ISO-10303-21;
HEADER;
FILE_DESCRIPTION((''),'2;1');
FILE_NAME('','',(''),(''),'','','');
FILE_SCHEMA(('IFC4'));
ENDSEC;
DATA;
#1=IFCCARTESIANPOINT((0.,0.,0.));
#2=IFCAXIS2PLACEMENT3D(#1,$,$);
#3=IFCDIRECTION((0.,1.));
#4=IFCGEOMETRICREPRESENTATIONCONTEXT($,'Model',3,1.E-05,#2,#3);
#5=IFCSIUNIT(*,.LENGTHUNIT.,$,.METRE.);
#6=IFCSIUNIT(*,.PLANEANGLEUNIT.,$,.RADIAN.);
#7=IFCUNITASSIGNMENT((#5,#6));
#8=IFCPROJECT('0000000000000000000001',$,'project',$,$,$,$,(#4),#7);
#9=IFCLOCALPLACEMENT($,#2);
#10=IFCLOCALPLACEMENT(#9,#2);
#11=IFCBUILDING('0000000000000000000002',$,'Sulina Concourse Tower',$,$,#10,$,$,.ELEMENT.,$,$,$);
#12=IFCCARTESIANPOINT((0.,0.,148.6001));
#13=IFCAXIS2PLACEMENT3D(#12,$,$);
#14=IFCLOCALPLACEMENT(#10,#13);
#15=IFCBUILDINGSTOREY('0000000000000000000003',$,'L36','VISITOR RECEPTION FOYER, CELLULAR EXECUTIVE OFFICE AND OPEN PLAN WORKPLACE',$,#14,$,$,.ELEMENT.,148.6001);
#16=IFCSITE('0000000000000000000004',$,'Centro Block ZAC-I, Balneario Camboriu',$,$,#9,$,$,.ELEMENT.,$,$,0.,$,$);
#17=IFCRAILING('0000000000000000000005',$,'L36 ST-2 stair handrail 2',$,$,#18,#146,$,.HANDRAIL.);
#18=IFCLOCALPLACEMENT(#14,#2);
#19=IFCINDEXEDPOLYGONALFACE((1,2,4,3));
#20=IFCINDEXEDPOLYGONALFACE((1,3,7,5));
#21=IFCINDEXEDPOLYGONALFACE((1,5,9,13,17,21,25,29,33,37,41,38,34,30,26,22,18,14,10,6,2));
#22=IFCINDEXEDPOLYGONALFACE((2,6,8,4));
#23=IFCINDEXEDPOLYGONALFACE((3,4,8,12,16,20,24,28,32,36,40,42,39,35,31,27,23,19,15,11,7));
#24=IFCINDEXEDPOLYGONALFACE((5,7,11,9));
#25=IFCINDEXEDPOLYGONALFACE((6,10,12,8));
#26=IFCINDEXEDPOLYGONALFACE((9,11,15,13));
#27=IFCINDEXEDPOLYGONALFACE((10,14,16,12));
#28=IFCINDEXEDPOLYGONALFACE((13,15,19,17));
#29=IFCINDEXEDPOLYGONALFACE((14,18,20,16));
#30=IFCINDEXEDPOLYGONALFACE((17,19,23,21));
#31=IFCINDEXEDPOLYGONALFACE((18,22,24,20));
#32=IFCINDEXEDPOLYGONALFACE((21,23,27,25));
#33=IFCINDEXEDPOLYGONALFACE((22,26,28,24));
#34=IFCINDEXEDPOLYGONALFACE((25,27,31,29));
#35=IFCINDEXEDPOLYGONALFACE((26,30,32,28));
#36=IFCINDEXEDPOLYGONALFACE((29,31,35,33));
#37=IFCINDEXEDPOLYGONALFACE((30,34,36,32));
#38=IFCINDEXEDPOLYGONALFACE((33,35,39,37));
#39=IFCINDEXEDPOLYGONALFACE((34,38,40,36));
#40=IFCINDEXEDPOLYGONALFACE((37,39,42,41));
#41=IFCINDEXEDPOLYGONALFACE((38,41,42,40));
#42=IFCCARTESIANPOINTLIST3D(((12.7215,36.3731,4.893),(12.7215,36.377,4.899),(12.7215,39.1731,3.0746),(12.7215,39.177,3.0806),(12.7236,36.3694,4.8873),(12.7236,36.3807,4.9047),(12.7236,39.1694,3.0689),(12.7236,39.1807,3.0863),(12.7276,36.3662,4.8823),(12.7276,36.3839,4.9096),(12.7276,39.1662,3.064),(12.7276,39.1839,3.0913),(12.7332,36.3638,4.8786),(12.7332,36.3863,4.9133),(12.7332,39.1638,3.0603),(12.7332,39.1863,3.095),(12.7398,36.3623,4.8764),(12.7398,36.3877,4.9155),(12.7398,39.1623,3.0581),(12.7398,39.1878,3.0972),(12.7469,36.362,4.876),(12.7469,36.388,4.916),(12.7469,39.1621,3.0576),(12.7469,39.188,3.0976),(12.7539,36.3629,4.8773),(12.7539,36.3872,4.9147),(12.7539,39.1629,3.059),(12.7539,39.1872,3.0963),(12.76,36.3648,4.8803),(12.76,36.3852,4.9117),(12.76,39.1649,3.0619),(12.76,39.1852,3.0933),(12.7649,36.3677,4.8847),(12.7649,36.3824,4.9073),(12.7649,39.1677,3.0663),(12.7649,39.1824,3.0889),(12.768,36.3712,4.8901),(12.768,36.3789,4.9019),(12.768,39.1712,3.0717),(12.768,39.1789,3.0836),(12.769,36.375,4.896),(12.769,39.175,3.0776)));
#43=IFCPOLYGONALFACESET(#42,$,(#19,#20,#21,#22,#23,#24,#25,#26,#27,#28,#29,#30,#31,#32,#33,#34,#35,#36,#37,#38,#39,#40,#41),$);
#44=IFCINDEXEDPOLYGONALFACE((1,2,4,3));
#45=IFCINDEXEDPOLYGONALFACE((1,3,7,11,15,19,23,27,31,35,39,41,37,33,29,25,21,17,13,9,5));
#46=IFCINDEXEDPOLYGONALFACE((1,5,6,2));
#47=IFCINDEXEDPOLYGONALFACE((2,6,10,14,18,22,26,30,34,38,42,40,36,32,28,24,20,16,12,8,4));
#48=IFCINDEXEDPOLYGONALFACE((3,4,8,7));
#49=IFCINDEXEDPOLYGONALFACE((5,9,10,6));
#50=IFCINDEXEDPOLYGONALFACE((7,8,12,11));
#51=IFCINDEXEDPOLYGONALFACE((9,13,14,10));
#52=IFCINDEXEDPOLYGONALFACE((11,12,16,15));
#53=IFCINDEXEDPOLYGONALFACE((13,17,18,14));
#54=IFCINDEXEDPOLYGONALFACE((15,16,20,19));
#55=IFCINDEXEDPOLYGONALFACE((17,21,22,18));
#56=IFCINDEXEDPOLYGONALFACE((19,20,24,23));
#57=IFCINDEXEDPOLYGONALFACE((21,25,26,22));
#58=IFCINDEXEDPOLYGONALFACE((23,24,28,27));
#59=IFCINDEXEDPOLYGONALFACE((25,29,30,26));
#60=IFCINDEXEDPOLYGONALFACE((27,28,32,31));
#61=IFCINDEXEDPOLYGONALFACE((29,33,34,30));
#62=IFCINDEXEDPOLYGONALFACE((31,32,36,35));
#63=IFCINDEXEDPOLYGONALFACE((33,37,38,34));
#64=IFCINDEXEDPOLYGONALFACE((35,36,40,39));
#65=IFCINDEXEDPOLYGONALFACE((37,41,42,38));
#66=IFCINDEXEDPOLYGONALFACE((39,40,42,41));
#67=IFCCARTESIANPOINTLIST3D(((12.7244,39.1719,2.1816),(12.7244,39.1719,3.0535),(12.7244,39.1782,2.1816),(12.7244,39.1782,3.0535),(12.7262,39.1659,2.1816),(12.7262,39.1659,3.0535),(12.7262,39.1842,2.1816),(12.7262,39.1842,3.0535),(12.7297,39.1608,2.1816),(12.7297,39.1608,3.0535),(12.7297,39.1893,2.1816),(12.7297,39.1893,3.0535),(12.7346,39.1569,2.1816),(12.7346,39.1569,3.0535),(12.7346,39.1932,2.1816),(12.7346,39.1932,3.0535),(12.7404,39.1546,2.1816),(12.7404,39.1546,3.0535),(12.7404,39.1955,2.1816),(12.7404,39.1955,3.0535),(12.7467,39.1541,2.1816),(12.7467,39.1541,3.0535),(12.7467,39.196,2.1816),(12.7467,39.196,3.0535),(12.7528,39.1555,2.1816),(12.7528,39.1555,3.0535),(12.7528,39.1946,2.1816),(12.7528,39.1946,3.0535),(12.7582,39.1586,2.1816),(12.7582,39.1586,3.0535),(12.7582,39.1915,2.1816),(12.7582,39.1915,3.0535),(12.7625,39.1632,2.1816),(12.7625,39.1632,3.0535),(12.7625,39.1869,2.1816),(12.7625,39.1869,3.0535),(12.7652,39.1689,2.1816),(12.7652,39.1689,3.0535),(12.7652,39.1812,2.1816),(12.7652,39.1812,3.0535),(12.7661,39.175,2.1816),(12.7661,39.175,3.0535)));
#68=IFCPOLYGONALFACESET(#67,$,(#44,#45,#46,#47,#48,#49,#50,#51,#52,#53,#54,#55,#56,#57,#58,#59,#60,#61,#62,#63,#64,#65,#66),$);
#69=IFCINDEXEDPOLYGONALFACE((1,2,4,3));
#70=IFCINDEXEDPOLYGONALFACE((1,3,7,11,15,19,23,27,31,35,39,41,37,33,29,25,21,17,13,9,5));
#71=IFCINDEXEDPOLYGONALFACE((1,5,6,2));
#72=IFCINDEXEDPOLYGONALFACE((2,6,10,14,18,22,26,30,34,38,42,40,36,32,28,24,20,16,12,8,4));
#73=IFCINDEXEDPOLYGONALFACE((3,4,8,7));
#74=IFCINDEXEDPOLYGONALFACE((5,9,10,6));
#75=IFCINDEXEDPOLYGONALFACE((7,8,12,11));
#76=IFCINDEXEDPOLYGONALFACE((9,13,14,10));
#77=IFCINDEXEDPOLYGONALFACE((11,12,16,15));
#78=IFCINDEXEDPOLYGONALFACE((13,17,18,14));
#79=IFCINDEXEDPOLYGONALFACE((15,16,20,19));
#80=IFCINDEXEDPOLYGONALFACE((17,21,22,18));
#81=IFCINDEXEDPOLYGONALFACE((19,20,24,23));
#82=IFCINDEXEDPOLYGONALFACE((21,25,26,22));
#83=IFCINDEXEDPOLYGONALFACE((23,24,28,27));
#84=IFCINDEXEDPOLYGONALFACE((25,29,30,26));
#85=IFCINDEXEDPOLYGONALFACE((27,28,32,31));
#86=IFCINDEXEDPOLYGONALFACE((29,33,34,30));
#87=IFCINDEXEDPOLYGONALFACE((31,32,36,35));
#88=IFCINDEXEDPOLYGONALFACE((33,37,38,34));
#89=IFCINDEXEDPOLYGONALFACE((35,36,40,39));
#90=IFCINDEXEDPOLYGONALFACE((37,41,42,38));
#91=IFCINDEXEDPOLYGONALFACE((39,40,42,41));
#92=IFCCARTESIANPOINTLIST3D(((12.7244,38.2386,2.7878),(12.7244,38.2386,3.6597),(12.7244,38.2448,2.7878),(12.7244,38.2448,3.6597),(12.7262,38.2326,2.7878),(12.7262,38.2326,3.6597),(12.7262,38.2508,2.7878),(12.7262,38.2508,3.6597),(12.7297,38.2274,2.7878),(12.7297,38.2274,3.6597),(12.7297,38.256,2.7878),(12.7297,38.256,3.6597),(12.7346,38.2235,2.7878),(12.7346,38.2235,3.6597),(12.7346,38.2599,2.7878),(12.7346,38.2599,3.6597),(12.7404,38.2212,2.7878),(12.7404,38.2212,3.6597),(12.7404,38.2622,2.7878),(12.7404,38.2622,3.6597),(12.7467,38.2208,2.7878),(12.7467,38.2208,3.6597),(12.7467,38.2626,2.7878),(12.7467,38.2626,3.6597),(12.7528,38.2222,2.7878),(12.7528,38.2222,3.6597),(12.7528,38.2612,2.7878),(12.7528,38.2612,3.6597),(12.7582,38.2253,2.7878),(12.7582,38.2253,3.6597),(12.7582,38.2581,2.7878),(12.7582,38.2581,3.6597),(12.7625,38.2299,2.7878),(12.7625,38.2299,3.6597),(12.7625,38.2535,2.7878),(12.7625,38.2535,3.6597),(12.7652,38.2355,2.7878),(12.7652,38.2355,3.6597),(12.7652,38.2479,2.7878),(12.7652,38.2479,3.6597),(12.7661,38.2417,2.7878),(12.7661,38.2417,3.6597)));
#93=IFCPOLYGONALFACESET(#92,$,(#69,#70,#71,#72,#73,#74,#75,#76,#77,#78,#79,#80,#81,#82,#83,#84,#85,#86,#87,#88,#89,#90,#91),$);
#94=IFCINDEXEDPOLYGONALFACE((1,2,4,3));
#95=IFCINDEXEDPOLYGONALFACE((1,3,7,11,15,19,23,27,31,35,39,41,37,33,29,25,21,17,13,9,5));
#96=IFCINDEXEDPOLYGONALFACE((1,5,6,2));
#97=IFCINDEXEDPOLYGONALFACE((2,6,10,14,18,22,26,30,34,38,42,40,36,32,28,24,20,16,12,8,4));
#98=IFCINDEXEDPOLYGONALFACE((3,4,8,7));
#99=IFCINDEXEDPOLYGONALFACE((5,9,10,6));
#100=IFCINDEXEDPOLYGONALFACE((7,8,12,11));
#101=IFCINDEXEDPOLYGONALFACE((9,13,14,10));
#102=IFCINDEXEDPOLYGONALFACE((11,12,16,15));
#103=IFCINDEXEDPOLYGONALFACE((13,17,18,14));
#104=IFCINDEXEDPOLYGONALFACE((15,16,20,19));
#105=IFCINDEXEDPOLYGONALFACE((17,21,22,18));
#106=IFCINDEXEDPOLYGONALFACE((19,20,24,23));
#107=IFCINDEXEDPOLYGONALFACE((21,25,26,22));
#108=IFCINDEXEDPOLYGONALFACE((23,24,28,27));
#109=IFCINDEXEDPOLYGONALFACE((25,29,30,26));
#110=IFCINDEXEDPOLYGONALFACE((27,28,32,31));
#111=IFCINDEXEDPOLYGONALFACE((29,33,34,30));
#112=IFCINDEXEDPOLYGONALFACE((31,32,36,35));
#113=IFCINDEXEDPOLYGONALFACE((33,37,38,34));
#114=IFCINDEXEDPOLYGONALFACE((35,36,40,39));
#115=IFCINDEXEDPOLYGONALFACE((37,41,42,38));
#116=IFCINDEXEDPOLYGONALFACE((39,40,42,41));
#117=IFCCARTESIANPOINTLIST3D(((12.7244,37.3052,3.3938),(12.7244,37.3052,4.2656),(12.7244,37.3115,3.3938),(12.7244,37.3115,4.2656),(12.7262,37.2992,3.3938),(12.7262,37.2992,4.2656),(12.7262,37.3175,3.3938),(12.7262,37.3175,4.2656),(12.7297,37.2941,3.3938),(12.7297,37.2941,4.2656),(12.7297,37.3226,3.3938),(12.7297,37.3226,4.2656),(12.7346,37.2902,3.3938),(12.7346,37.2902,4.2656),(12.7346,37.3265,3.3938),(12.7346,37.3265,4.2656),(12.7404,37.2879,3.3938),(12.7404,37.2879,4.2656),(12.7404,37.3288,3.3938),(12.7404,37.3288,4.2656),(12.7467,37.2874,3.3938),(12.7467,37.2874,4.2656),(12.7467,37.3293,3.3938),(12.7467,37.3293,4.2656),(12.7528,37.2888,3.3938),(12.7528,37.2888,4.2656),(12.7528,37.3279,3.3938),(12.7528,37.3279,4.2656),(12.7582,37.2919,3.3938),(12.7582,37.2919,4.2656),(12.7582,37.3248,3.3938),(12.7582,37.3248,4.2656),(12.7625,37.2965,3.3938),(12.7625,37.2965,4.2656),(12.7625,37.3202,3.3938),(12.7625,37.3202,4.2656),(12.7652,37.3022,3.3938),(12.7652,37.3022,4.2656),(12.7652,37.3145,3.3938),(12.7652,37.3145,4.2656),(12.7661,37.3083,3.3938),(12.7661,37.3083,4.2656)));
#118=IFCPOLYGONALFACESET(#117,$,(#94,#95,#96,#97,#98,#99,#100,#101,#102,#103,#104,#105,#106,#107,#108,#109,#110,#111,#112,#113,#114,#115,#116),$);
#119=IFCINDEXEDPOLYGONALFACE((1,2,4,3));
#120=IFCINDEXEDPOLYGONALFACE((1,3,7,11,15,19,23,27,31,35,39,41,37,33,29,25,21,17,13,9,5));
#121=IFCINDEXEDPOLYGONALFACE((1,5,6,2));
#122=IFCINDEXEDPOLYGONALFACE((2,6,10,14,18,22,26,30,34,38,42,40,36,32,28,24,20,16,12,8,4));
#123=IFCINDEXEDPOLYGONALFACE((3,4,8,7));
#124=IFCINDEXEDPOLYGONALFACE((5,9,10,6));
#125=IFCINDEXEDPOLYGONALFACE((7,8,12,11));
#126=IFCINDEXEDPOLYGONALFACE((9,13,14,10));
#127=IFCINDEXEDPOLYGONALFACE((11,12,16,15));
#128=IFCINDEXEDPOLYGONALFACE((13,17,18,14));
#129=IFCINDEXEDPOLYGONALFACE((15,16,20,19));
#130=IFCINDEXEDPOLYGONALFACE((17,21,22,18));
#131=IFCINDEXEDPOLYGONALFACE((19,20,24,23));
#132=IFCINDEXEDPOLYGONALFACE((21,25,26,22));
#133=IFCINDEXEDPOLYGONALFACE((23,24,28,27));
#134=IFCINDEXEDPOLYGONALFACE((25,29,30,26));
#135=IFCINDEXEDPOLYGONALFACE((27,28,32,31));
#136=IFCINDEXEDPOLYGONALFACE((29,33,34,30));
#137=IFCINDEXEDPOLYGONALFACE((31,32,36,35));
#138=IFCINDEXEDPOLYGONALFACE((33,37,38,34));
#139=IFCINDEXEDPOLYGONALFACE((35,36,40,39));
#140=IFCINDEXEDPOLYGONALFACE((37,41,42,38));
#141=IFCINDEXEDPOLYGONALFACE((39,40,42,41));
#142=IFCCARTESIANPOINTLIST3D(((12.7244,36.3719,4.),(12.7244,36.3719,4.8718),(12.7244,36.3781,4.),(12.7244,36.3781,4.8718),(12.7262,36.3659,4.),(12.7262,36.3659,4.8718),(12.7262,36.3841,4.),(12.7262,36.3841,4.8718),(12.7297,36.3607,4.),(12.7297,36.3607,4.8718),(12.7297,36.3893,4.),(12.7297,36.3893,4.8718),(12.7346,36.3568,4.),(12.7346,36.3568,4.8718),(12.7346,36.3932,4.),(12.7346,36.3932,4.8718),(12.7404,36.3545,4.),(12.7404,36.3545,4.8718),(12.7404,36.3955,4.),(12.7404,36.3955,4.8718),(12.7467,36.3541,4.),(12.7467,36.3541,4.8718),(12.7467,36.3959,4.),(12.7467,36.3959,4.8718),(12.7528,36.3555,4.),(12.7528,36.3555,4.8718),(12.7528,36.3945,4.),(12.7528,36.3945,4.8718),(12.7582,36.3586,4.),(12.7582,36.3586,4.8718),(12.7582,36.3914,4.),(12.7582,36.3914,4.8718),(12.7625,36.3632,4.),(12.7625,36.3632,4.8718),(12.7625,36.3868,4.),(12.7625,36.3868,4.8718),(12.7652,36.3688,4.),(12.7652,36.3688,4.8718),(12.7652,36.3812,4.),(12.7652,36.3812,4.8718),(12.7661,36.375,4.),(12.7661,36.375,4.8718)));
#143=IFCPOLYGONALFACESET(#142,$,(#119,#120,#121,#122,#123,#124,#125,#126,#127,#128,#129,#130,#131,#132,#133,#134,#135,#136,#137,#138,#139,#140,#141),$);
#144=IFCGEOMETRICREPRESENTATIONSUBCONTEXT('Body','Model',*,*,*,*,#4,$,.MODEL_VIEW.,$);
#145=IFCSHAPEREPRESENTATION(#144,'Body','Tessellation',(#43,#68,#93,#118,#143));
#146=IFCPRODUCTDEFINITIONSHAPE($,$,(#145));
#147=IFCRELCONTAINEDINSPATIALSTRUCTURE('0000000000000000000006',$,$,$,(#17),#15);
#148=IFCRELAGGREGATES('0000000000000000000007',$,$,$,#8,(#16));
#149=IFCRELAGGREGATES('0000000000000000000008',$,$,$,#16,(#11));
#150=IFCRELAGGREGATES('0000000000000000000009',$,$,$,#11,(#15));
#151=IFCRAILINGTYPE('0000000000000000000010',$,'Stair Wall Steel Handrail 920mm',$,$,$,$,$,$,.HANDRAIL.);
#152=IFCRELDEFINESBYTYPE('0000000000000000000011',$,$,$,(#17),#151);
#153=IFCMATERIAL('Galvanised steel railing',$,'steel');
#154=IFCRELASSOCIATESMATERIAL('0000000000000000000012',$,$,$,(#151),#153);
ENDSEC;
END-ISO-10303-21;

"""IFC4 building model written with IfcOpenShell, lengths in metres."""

from ifc_helpers import new_model, si_unit, direction, frame, origin, origin_2d, place, context, subcontext, project, spatial, circle, extrude, material, type_object, element, save


model = new_model("IFC4")

# Units and contexts
model_context = context("Model", 3, precision=1e-05, world=origin(), true_north=direction((0.0, 1.0)))
body_context = subcontext(model_context, "Body", "Model", "MODEL_VIEW")
ifc_project = project(units=[si_unit("LENGTHUNIT", "METRE"), si_unit("PLANEANGLEUNIT", "RADIAN")], contexts=[model_context])

# Site, building, storey
site_placement = place(None, origin())
site = spatial("IfcSite", under=ifc_project, at=site_placement, Name="Centro Block ZAC-I, Balneario Camboriu", CompositionType="ELEMENT", RefElevation=0.0)
building_placement = place(site_placement, origin())
building = spatial("IfcBuilding", under=site, at=building_placement, Name="Sulina Concourse Tower", CompositionType="ELEMENT")
storey_placement = place(building_placement, frame((0.0, 0.0, 148.6001)))
storey = spatial("IfcBuildingStorey", under=building, at=storey_placement, Name="L36", Description="VISITOR RECEPTION FOYER, CELLULAR EXECUTIVE OFFICE AND OPEN PLAN WORKPLACE", CompositionType="ELEMENT", Elevation=148.6001)

# Railing
ifc_material_1 = material(Name="Galvanised steel railing", Category="steel")
railing_type_1 = type_object("IfcRailingType", Name="Stair Wall Steel Handrail 920mm", PredefinedType="HANDRAIL", material=ifc_material_1)
railing_1_placement = place(storey_placement, frame((12.7451, 39.175, 2.1816)))
element("IfcRailing", 1, at=railing_1_placement, inside=storey, type_object=railing_type_1, Name="L36 ST-2 stair handrail 2", PredefinedType="HANDRAIL", context=body_context, shape_type="SweptSolid", body=[
    extrude(circle(Radius=0.0239, at=origin_2d()), frame((0.0, 0.0, 0.896), z_axis=(0.0, -0.838672, 0.544636), x_axis=(1.0, 0.0, 0.0)), (0.0, 0.0, 1.0), 3.3386),
    extrude(circle(Radius=0.021, at=origin_2d()), origin(), (0.0, 0.0, 1.0), 0.8718),
    extrude(circle(Radius=0.021, at=origin_2d()), frame((0.0, -0.9333, 0.6062)), (0.0, 0.0, 1.0), 0.8718),
    extrude(circle(Radius=0.021, at=origin_2d()), frame((0.0, -1.8667, 1.2122)), (0.0, 0.0, 1.0), 0.8718),
    extrude(circle(Radius=0.021, at=origin_2d()), frame((0.0, -2.8, 1.8184)), (0.0, 0.0, 1.0), 0.8718),
])

save(model, "model.ifc")
